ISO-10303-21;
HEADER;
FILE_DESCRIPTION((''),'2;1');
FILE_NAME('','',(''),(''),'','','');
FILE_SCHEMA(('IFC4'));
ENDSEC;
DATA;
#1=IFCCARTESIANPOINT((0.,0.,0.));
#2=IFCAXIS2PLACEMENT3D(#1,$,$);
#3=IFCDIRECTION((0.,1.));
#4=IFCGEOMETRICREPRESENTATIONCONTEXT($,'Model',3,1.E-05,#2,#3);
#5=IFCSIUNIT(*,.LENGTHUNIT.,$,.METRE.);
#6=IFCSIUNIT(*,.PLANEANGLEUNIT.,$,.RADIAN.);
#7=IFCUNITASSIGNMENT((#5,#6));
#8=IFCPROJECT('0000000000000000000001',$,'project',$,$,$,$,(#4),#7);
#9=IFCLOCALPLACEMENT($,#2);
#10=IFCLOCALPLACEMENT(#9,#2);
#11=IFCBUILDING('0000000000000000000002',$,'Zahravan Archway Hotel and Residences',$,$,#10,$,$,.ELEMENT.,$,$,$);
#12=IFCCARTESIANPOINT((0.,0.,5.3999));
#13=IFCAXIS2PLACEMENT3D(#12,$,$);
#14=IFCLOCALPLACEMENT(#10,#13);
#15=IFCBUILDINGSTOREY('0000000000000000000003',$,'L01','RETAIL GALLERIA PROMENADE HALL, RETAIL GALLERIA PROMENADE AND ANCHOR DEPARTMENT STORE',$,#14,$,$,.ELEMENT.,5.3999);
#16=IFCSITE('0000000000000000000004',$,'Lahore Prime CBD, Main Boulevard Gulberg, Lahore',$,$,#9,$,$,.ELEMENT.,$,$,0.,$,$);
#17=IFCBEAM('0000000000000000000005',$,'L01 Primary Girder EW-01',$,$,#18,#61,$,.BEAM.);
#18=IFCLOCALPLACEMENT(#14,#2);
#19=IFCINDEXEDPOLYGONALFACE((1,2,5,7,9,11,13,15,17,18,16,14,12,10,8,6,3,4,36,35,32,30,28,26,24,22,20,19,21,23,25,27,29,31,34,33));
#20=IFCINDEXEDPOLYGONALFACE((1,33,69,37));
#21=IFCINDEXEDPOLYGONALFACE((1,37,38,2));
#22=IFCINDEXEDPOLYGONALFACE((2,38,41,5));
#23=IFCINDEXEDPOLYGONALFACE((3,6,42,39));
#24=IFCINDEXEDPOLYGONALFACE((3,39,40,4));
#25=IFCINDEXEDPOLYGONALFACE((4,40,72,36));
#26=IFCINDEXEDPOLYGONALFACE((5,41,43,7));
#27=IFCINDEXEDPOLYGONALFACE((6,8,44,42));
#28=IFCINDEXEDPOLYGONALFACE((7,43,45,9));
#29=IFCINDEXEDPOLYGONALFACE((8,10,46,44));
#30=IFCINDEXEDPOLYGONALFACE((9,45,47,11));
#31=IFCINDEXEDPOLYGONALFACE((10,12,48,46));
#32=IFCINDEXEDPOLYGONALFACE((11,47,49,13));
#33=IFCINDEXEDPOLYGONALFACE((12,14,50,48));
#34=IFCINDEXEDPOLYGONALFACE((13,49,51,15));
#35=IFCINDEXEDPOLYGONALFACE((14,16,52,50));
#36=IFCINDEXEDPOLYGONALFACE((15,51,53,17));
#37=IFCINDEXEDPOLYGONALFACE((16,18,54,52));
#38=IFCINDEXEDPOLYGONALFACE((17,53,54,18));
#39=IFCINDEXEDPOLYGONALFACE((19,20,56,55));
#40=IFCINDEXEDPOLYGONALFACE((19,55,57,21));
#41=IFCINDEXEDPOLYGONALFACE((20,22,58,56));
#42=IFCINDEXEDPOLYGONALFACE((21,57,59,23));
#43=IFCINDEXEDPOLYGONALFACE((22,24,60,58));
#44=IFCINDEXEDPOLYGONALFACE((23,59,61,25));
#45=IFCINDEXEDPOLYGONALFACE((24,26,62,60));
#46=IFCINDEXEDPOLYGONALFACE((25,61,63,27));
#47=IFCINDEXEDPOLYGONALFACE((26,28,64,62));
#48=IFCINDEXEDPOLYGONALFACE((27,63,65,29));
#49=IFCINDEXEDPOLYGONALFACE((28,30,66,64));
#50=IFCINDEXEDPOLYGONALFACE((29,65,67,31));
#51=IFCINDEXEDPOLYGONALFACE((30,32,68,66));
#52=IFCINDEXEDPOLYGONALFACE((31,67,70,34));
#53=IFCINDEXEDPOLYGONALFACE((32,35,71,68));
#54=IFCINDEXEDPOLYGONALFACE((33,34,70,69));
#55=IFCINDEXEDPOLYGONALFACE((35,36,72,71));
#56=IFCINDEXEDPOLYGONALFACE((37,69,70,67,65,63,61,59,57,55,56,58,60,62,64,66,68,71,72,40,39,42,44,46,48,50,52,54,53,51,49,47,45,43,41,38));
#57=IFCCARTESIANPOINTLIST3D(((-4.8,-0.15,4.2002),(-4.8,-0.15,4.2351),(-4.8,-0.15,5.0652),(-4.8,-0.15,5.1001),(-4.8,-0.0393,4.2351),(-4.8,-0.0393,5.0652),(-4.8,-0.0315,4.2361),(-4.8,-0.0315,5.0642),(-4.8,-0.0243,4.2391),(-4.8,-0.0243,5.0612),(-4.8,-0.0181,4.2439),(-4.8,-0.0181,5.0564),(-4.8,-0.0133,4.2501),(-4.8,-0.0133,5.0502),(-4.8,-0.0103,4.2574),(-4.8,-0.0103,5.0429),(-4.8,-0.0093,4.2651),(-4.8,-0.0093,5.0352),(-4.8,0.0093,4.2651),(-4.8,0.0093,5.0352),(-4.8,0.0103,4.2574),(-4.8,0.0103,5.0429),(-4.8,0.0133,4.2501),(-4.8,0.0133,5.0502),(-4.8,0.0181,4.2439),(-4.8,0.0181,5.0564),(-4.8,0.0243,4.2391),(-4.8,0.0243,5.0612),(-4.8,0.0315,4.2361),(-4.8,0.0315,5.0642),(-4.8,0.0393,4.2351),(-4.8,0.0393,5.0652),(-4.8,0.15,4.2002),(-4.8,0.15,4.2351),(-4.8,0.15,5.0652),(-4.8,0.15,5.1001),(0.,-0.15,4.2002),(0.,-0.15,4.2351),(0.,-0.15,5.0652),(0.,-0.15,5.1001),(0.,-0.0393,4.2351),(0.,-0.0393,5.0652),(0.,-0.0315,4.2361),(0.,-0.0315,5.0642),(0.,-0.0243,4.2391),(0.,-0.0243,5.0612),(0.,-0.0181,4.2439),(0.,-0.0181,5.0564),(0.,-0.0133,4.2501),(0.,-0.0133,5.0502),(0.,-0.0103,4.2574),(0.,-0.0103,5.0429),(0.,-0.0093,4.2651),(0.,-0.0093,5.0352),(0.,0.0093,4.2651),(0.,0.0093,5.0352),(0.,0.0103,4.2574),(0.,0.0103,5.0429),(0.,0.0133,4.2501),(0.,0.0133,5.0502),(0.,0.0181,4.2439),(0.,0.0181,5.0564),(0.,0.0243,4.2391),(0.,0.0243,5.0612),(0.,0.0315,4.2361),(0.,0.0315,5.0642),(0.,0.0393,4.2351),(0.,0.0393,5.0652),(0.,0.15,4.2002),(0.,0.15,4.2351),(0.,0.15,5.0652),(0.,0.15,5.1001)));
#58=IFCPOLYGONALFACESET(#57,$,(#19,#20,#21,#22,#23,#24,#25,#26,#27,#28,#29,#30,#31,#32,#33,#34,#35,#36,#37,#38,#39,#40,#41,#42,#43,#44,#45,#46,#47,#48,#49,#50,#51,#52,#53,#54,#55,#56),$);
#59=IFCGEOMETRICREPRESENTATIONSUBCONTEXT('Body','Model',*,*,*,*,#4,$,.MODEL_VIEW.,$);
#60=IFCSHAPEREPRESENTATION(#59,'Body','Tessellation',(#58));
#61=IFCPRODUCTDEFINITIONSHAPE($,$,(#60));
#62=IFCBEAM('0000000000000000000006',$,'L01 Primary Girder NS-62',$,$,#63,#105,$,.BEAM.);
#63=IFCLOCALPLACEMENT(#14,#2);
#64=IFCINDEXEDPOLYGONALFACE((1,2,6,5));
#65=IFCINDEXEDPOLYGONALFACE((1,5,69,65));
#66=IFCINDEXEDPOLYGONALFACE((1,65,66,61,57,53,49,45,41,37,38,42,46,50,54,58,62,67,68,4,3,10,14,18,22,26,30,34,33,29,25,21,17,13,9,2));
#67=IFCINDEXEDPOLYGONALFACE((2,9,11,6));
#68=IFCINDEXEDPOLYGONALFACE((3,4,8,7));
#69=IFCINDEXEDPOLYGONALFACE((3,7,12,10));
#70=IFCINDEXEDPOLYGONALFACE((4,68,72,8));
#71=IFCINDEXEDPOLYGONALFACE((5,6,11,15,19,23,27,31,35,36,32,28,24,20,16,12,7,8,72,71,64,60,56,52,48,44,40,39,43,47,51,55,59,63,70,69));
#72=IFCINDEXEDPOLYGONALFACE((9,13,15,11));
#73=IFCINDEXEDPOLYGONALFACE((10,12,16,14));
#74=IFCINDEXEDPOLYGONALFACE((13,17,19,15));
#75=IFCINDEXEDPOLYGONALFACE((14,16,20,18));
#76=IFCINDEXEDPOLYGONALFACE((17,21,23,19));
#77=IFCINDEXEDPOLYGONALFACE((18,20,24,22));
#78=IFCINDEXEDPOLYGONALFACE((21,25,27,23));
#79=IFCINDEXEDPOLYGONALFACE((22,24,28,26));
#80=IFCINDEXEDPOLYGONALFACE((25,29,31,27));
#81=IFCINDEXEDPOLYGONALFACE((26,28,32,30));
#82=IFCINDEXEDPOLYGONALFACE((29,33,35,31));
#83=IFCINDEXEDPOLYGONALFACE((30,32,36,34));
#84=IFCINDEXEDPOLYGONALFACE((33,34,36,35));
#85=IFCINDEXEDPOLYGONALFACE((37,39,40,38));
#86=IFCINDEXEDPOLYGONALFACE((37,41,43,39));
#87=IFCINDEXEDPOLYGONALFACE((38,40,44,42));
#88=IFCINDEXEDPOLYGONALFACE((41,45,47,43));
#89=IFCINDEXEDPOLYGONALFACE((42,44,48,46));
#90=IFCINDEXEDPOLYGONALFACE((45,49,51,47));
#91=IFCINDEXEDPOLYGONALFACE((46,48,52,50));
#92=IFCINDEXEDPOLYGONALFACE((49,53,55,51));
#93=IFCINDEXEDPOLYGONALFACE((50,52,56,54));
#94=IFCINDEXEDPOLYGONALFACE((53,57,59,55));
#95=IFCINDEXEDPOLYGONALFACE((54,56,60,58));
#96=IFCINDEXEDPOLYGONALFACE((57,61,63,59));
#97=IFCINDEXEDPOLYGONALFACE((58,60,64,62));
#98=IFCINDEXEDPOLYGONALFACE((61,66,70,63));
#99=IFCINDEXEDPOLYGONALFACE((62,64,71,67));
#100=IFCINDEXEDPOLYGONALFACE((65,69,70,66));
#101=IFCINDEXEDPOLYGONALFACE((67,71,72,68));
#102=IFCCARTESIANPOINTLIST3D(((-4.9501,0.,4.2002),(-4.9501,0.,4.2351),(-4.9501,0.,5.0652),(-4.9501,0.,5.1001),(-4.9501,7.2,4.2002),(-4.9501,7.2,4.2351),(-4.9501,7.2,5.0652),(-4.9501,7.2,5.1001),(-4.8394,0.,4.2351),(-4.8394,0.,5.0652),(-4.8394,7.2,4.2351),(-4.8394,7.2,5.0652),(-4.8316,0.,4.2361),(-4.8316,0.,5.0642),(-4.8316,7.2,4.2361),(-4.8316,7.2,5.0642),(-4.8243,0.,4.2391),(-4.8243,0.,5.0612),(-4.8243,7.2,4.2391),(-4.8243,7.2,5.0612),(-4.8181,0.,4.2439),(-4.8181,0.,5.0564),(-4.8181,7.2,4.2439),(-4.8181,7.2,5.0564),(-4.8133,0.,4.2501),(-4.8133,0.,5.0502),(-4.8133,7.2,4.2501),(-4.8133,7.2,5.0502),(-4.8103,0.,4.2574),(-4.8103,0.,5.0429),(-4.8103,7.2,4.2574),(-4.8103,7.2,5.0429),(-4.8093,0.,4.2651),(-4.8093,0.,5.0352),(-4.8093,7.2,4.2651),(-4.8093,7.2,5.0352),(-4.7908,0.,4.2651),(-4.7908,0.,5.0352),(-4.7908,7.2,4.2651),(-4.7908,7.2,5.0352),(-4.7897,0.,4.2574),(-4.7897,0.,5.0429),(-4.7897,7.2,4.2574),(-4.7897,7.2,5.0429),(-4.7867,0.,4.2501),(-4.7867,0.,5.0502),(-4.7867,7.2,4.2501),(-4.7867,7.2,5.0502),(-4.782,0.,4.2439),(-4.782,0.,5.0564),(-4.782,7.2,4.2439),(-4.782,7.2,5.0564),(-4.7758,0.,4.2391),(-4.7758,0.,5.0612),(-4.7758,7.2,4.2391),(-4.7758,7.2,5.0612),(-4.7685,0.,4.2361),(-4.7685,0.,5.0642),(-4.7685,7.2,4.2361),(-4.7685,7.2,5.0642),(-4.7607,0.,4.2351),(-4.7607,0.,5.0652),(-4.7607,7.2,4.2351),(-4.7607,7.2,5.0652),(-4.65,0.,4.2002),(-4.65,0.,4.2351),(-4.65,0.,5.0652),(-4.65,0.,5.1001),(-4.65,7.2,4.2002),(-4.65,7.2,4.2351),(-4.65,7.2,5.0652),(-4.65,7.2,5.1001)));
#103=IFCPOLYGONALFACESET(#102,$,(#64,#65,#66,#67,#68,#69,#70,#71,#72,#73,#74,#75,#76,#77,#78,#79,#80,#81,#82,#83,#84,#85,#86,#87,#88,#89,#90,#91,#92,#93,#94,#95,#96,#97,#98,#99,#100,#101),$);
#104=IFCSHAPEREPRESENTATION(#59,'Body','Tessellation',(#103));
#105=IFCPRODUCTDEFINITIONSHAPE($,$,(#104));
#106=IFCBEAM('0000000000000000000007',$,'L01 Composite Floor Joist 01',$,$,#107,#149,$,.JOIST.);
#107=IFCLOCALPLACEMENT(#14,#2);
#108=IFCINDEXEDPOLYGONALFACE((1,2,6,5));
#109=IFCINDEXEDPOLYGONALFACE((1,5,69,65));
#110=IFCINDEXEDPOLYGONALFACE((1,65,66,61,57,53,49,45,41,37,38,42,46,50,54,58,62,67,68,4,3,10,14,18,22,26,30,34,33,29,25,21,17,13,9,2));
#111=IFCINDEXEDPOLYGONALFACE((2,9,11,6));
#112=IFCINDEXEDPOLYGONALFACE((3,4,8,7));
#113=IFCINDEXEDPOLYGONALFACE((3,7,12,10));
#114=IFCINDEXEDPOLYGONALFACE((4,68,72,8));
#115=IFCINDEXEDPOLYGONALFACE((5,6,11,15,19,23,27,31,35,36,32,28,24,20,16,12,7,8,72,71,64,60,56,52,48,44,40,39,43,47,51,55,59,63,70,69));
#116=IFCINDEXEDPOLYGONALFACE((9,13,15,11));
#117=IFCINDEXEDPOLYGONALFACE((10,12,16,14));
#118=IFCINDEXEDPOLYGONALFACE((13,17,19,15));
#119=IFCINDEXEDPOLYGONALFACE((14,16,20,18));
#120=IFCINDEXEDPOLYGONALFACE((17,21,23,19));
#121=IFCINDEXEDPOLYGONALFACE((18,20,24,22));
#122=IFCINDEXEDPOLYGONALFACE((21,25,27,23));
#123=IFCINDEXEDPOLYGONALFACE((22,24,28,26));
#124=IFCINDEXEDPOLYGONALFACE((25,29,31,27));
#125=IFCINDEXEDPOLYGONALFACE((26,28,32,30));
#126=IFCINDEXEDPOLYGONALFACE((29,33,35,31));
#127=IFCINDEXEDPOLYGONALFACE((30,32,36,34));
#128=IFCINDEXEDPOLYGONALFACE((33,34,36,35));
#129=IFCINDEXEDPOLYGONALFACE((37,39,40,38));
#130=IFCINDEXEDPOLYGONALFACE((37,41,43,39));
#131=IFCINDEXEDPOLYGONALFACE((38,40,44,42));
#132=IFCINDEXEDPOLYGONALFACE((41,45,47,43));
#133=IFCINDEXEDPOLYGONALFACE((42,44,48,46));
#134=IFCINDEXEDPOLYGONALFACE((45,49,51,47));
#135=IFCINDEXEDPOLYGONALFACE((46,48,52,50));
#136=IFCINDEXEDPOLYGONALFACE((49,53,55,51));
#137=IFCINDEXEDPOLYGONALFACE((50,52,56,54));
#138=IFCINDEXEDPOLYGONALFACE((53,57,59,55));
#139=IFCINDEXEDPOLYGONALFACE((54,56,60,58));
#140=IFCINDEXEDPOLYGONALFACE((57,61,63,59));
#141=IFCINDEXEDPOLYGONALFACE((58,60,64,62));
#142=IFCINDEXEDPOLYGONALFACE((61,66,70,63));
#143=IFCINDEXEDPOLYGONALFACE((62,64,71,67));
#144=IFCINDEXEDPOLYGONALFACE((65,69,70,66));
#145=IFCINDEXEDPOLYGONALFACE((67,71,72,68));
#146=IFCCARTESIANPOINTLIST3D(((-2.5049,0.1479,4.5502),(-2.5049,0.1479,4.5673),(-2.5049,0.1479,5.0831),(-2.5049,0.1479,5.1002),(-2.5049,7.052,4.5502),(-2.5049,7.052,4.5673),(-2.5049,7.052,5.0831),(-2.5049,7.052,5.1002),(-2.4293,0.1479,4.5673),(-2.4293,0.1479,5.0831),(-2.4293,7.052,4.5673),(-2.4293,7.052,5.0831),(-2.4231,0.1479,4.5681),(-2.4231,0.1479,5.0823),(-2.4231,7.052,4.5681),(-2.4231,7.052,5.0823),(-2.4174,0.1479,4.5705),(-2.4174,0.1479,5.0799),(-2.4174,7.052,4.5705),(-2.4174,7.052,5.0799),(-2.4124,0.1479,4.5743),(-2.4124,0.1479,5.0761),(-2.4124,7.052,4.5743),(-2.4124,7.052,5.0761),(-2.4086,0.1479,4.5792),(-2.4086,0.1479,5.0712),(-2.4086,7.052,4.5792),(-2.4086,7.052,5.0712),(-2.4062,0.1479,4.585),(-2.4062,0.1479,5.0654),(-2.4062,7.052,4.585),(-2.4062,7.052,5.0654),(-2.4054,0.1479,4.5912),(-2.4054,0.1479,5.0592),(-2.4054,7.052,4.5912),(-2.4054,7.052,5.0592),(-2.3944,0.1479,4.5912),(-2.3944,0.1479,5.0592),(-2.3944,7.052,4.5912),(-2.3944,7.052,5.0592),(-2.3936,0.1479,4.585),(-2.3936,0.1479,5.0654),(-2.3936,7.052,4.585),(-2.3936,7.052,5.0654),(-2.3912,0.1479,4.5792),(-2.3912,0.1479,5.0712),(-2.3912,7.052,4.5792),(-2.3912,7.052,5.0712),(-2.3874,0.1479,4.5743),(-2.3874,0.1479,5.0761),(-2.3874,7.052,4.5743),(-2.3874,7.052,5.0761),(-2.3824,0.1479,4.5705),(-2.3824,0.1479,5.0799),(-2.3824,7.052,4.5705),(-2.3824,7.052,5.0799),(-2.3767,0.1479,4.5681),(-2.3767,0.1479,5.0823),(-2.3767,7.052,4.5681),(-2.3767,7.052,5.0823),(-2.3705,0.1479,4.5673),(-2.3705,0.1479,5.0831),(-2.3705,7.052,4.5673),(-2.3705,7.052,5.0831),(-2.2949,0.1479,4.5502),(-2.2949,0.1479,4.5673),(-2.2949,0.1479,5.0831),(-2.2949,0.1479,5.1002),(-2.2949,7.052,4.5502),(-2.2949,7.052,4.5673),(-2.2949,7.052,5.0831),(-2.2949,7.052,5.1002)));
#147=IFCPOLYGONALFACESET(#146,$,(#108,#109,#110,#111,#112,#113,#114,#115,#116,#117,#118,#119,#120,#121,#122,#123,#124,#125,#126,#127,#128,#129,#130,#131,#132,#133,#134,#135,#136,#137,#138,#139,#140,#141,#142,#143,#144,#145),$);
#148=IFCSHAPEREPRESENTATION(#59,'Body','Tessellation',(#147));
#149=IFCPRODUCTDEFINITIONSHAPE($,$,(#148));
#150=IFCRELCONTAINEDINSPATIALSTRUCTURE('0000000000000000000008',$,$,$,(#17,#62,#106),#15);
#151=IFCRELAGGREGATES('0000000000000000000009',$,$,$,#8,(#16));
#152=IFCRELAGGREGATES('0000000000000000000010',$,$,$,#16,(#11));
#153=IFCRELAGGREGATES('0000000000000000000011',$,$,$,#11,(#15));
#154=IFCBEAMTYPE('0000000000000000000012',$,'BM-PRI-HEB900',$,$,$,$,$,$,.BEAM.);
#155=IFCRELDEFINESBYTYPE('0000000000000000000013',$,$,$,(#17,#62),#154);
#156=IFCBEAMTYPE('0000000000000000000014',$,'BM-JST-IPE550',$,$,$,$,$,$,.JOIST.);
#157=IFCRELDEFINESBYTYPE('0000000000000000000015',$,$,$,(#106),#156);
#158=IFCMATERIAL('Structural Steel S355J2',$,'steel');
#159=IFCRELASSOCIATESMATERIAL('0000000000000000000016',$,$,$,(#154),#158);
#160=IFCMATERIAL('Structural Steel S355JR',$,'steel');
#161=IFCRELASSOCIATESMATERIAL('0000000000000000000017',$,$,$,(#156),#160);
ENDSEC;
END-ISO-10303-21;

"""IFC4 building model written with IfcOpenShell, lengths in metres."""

from ifc_helpers import new_model, si_unit, direction, frame, origin, origin_2d, place, context, subcontext, project, spatial, i_section, extrude, source, transform, mapped, material, material_profile, profile_set, type_object, type_shapes, element, save


model = new_model("IFC4")

# Units and contexts
model_context = context("Model", 3, precision=1e-05, world=origin(), true_north=direction((0.0, 1.0)))
body_context = subcontext(model_context, "Body", "Model", "MODEL_VIEW")
ifc_project = project(units=[si_unit("LENGTHUNIT", "METRE"), si_unit("PLANEANGLEUNIT", "RADIAN")], contexts=[model_context])

# Site, building, storey
site_placement = place(None, origin())
site = spatial("IfcSite", under=ifc_project, at=site_placement, Name="Lahore Prime CBD, Main Boulevard Gulberg, Lahore", CompositionType="ELEMENT", RefElevation=0.0)
building_placement = place(site_placement, origin())
building = spatial("IfcBuilding", under=site, at=building_placement, Name="Zahravan Archway Hotel and Residences", CompositionType="ELEMENT")
storey_placement = place(building_placement, frame((0.0, 0.0, 5.3999)))
storey = spatial("IfcBuildingStorey", under=building, at=storey_placement, Name="L01", Description="RETAIL GALLERIA PROMENADE HALL, RETAIL GALLERIA PROMENADE AND ANCHOR DEPARTMENT STORE", CompositionType="ELEMENT", Elevation=5.3999)

# Beams
ifc_material_1 = material(Name="Structural Steel S355J2", Category="steel")
ifc_material_profile_1 = material_profile(ifc_material_1, i_section(OverallWidth=0.3, OverallDepth=0.8999, WebThickness=0.0186, FlangeThickness=0.0349, FilletRadius=0.03, at=origin_2d()), Name="HEB 900", Category="steel")
ifc_profile_set_1 = profile_set([ifc_material_profile_1], Name="Structural Steel S355J2")
beam_type_1 = type_object("IfcBeamType", Name="BM-PRI-HEB900", PredefinedType="BEAM", material=ifc_profile_set_1)
shared_shape_1 = source(origin(), body_context, "Body", "SweptSolid", [
    extrude(i_section(OverallWidth=0.3, OverallDepth=0.8999, WebThickness=0.0186, FlangeThickness=0.0349, FilletRadius=0.03, at=origin_2d()), origin(), (0.0, 0.0, 1.0), 4.8),
])
type_shapes(beam_type_1, [shared_shape_1])
beam_1_placement = place(storey_placement, frame((-4.8, 0.0, 4.6501), z_axis=(1.0, 0.0, 0.0), x_axis=(0.0, 1.0, 0.0)))
element("IfcBeam", 1, at=beam_1_placement, inside=storey, type_object=beam_type_1, Name="L01 Primary Girder EW-01", PredefinedType="BEAM", context=body_context, shape_type="MappedRepresentation", body=[
    mapped(shared_shape_1, transform((0.0, 0.0, 0.0), scale=1.0)),
])
shared_shape_2 = source(origin(), body_context, "Body", "SweptSolid", [
    extrude(i_section(OverallWidth=0.3, OverallDepth=0.8999, WebThickness=0.0186, FlangeThickness=0.0349, FilletRadius=0.03, at=origin_2d()), origin(), (0.0, 0.0, 1.0), 7.2),
])
beam_2_placement = place(storey_placement, frame((-4.8, 0.0, 4.6501), z_axis=(0.0, 1.0, 0.0), x_axis=(-1.0, 0.0, 0.0)))
element("IfcBeam", 2, at=beam_2_placement, inside=storey, type_object=beam_type_1, Name="L01 Primary Girder NS-62", PredefinedType="BEAM", context=body_context, shape_type="MappedRepresentation", body=[
    mapped(shared_shape_2, transform((0.0, 0.0, 0.0), scale=1.0)),
])
ifc_material_2 = material(Name="Structural Steel S355JR", Category="steel")
ifc_material_profile_2 = material_profile(ifc_material_2, i_section(OverallWidth=0.21, OverallDepth=0.55, WebThickness=0.011, FlangeThickness=0.0171, FilletRadius=0.0239, at=origin_2d()), Name="IPE 550", Category="steel")
ifc_profile_set_2 = profile_set([ifc_material_profile_2], Name="Structural Steel S355JR")
beam_type_2 = type_object("IfcBeamType", Name="BM-JST-IPE550", PredefinedType="JOIST", material=ifc_profile_set_2)
shared_shape_3 = source(origin(), body_context, "Body", "SweptSolid", [
    extrude(i_section(OverallWidth=0.21, OverallDepth=0.55, WebThickness=0.011, FlangeThickness=0.0171, FilletRadius=0.0239, at=origin_2d()), origin(), (0.0, 0.0, 1.0), 6.9041),
])
type_shapes(beam_type_2, [shared_shape_3])
beam_3_placement = place(storey_placement, frame((-2.3999, 0.1479, 4.8252), z_axis=(0.0, 1.0, 0.0), x_axis=(-1.0, 0.0, 0.0)))
element("IfcBeam", 3, at=beam_3_placement, inside=storey, type_object=beam_type_2, Name="L01 Composite Floor Joist 01", PredefinedType="JOIST", context=body_context, shape_type="MappedRepresentation", body=[
    mapped(shared_shape_3, transform((0.0, 0.0, 0.0), scale=1.0)),
])

save(model, "model.ifc")
